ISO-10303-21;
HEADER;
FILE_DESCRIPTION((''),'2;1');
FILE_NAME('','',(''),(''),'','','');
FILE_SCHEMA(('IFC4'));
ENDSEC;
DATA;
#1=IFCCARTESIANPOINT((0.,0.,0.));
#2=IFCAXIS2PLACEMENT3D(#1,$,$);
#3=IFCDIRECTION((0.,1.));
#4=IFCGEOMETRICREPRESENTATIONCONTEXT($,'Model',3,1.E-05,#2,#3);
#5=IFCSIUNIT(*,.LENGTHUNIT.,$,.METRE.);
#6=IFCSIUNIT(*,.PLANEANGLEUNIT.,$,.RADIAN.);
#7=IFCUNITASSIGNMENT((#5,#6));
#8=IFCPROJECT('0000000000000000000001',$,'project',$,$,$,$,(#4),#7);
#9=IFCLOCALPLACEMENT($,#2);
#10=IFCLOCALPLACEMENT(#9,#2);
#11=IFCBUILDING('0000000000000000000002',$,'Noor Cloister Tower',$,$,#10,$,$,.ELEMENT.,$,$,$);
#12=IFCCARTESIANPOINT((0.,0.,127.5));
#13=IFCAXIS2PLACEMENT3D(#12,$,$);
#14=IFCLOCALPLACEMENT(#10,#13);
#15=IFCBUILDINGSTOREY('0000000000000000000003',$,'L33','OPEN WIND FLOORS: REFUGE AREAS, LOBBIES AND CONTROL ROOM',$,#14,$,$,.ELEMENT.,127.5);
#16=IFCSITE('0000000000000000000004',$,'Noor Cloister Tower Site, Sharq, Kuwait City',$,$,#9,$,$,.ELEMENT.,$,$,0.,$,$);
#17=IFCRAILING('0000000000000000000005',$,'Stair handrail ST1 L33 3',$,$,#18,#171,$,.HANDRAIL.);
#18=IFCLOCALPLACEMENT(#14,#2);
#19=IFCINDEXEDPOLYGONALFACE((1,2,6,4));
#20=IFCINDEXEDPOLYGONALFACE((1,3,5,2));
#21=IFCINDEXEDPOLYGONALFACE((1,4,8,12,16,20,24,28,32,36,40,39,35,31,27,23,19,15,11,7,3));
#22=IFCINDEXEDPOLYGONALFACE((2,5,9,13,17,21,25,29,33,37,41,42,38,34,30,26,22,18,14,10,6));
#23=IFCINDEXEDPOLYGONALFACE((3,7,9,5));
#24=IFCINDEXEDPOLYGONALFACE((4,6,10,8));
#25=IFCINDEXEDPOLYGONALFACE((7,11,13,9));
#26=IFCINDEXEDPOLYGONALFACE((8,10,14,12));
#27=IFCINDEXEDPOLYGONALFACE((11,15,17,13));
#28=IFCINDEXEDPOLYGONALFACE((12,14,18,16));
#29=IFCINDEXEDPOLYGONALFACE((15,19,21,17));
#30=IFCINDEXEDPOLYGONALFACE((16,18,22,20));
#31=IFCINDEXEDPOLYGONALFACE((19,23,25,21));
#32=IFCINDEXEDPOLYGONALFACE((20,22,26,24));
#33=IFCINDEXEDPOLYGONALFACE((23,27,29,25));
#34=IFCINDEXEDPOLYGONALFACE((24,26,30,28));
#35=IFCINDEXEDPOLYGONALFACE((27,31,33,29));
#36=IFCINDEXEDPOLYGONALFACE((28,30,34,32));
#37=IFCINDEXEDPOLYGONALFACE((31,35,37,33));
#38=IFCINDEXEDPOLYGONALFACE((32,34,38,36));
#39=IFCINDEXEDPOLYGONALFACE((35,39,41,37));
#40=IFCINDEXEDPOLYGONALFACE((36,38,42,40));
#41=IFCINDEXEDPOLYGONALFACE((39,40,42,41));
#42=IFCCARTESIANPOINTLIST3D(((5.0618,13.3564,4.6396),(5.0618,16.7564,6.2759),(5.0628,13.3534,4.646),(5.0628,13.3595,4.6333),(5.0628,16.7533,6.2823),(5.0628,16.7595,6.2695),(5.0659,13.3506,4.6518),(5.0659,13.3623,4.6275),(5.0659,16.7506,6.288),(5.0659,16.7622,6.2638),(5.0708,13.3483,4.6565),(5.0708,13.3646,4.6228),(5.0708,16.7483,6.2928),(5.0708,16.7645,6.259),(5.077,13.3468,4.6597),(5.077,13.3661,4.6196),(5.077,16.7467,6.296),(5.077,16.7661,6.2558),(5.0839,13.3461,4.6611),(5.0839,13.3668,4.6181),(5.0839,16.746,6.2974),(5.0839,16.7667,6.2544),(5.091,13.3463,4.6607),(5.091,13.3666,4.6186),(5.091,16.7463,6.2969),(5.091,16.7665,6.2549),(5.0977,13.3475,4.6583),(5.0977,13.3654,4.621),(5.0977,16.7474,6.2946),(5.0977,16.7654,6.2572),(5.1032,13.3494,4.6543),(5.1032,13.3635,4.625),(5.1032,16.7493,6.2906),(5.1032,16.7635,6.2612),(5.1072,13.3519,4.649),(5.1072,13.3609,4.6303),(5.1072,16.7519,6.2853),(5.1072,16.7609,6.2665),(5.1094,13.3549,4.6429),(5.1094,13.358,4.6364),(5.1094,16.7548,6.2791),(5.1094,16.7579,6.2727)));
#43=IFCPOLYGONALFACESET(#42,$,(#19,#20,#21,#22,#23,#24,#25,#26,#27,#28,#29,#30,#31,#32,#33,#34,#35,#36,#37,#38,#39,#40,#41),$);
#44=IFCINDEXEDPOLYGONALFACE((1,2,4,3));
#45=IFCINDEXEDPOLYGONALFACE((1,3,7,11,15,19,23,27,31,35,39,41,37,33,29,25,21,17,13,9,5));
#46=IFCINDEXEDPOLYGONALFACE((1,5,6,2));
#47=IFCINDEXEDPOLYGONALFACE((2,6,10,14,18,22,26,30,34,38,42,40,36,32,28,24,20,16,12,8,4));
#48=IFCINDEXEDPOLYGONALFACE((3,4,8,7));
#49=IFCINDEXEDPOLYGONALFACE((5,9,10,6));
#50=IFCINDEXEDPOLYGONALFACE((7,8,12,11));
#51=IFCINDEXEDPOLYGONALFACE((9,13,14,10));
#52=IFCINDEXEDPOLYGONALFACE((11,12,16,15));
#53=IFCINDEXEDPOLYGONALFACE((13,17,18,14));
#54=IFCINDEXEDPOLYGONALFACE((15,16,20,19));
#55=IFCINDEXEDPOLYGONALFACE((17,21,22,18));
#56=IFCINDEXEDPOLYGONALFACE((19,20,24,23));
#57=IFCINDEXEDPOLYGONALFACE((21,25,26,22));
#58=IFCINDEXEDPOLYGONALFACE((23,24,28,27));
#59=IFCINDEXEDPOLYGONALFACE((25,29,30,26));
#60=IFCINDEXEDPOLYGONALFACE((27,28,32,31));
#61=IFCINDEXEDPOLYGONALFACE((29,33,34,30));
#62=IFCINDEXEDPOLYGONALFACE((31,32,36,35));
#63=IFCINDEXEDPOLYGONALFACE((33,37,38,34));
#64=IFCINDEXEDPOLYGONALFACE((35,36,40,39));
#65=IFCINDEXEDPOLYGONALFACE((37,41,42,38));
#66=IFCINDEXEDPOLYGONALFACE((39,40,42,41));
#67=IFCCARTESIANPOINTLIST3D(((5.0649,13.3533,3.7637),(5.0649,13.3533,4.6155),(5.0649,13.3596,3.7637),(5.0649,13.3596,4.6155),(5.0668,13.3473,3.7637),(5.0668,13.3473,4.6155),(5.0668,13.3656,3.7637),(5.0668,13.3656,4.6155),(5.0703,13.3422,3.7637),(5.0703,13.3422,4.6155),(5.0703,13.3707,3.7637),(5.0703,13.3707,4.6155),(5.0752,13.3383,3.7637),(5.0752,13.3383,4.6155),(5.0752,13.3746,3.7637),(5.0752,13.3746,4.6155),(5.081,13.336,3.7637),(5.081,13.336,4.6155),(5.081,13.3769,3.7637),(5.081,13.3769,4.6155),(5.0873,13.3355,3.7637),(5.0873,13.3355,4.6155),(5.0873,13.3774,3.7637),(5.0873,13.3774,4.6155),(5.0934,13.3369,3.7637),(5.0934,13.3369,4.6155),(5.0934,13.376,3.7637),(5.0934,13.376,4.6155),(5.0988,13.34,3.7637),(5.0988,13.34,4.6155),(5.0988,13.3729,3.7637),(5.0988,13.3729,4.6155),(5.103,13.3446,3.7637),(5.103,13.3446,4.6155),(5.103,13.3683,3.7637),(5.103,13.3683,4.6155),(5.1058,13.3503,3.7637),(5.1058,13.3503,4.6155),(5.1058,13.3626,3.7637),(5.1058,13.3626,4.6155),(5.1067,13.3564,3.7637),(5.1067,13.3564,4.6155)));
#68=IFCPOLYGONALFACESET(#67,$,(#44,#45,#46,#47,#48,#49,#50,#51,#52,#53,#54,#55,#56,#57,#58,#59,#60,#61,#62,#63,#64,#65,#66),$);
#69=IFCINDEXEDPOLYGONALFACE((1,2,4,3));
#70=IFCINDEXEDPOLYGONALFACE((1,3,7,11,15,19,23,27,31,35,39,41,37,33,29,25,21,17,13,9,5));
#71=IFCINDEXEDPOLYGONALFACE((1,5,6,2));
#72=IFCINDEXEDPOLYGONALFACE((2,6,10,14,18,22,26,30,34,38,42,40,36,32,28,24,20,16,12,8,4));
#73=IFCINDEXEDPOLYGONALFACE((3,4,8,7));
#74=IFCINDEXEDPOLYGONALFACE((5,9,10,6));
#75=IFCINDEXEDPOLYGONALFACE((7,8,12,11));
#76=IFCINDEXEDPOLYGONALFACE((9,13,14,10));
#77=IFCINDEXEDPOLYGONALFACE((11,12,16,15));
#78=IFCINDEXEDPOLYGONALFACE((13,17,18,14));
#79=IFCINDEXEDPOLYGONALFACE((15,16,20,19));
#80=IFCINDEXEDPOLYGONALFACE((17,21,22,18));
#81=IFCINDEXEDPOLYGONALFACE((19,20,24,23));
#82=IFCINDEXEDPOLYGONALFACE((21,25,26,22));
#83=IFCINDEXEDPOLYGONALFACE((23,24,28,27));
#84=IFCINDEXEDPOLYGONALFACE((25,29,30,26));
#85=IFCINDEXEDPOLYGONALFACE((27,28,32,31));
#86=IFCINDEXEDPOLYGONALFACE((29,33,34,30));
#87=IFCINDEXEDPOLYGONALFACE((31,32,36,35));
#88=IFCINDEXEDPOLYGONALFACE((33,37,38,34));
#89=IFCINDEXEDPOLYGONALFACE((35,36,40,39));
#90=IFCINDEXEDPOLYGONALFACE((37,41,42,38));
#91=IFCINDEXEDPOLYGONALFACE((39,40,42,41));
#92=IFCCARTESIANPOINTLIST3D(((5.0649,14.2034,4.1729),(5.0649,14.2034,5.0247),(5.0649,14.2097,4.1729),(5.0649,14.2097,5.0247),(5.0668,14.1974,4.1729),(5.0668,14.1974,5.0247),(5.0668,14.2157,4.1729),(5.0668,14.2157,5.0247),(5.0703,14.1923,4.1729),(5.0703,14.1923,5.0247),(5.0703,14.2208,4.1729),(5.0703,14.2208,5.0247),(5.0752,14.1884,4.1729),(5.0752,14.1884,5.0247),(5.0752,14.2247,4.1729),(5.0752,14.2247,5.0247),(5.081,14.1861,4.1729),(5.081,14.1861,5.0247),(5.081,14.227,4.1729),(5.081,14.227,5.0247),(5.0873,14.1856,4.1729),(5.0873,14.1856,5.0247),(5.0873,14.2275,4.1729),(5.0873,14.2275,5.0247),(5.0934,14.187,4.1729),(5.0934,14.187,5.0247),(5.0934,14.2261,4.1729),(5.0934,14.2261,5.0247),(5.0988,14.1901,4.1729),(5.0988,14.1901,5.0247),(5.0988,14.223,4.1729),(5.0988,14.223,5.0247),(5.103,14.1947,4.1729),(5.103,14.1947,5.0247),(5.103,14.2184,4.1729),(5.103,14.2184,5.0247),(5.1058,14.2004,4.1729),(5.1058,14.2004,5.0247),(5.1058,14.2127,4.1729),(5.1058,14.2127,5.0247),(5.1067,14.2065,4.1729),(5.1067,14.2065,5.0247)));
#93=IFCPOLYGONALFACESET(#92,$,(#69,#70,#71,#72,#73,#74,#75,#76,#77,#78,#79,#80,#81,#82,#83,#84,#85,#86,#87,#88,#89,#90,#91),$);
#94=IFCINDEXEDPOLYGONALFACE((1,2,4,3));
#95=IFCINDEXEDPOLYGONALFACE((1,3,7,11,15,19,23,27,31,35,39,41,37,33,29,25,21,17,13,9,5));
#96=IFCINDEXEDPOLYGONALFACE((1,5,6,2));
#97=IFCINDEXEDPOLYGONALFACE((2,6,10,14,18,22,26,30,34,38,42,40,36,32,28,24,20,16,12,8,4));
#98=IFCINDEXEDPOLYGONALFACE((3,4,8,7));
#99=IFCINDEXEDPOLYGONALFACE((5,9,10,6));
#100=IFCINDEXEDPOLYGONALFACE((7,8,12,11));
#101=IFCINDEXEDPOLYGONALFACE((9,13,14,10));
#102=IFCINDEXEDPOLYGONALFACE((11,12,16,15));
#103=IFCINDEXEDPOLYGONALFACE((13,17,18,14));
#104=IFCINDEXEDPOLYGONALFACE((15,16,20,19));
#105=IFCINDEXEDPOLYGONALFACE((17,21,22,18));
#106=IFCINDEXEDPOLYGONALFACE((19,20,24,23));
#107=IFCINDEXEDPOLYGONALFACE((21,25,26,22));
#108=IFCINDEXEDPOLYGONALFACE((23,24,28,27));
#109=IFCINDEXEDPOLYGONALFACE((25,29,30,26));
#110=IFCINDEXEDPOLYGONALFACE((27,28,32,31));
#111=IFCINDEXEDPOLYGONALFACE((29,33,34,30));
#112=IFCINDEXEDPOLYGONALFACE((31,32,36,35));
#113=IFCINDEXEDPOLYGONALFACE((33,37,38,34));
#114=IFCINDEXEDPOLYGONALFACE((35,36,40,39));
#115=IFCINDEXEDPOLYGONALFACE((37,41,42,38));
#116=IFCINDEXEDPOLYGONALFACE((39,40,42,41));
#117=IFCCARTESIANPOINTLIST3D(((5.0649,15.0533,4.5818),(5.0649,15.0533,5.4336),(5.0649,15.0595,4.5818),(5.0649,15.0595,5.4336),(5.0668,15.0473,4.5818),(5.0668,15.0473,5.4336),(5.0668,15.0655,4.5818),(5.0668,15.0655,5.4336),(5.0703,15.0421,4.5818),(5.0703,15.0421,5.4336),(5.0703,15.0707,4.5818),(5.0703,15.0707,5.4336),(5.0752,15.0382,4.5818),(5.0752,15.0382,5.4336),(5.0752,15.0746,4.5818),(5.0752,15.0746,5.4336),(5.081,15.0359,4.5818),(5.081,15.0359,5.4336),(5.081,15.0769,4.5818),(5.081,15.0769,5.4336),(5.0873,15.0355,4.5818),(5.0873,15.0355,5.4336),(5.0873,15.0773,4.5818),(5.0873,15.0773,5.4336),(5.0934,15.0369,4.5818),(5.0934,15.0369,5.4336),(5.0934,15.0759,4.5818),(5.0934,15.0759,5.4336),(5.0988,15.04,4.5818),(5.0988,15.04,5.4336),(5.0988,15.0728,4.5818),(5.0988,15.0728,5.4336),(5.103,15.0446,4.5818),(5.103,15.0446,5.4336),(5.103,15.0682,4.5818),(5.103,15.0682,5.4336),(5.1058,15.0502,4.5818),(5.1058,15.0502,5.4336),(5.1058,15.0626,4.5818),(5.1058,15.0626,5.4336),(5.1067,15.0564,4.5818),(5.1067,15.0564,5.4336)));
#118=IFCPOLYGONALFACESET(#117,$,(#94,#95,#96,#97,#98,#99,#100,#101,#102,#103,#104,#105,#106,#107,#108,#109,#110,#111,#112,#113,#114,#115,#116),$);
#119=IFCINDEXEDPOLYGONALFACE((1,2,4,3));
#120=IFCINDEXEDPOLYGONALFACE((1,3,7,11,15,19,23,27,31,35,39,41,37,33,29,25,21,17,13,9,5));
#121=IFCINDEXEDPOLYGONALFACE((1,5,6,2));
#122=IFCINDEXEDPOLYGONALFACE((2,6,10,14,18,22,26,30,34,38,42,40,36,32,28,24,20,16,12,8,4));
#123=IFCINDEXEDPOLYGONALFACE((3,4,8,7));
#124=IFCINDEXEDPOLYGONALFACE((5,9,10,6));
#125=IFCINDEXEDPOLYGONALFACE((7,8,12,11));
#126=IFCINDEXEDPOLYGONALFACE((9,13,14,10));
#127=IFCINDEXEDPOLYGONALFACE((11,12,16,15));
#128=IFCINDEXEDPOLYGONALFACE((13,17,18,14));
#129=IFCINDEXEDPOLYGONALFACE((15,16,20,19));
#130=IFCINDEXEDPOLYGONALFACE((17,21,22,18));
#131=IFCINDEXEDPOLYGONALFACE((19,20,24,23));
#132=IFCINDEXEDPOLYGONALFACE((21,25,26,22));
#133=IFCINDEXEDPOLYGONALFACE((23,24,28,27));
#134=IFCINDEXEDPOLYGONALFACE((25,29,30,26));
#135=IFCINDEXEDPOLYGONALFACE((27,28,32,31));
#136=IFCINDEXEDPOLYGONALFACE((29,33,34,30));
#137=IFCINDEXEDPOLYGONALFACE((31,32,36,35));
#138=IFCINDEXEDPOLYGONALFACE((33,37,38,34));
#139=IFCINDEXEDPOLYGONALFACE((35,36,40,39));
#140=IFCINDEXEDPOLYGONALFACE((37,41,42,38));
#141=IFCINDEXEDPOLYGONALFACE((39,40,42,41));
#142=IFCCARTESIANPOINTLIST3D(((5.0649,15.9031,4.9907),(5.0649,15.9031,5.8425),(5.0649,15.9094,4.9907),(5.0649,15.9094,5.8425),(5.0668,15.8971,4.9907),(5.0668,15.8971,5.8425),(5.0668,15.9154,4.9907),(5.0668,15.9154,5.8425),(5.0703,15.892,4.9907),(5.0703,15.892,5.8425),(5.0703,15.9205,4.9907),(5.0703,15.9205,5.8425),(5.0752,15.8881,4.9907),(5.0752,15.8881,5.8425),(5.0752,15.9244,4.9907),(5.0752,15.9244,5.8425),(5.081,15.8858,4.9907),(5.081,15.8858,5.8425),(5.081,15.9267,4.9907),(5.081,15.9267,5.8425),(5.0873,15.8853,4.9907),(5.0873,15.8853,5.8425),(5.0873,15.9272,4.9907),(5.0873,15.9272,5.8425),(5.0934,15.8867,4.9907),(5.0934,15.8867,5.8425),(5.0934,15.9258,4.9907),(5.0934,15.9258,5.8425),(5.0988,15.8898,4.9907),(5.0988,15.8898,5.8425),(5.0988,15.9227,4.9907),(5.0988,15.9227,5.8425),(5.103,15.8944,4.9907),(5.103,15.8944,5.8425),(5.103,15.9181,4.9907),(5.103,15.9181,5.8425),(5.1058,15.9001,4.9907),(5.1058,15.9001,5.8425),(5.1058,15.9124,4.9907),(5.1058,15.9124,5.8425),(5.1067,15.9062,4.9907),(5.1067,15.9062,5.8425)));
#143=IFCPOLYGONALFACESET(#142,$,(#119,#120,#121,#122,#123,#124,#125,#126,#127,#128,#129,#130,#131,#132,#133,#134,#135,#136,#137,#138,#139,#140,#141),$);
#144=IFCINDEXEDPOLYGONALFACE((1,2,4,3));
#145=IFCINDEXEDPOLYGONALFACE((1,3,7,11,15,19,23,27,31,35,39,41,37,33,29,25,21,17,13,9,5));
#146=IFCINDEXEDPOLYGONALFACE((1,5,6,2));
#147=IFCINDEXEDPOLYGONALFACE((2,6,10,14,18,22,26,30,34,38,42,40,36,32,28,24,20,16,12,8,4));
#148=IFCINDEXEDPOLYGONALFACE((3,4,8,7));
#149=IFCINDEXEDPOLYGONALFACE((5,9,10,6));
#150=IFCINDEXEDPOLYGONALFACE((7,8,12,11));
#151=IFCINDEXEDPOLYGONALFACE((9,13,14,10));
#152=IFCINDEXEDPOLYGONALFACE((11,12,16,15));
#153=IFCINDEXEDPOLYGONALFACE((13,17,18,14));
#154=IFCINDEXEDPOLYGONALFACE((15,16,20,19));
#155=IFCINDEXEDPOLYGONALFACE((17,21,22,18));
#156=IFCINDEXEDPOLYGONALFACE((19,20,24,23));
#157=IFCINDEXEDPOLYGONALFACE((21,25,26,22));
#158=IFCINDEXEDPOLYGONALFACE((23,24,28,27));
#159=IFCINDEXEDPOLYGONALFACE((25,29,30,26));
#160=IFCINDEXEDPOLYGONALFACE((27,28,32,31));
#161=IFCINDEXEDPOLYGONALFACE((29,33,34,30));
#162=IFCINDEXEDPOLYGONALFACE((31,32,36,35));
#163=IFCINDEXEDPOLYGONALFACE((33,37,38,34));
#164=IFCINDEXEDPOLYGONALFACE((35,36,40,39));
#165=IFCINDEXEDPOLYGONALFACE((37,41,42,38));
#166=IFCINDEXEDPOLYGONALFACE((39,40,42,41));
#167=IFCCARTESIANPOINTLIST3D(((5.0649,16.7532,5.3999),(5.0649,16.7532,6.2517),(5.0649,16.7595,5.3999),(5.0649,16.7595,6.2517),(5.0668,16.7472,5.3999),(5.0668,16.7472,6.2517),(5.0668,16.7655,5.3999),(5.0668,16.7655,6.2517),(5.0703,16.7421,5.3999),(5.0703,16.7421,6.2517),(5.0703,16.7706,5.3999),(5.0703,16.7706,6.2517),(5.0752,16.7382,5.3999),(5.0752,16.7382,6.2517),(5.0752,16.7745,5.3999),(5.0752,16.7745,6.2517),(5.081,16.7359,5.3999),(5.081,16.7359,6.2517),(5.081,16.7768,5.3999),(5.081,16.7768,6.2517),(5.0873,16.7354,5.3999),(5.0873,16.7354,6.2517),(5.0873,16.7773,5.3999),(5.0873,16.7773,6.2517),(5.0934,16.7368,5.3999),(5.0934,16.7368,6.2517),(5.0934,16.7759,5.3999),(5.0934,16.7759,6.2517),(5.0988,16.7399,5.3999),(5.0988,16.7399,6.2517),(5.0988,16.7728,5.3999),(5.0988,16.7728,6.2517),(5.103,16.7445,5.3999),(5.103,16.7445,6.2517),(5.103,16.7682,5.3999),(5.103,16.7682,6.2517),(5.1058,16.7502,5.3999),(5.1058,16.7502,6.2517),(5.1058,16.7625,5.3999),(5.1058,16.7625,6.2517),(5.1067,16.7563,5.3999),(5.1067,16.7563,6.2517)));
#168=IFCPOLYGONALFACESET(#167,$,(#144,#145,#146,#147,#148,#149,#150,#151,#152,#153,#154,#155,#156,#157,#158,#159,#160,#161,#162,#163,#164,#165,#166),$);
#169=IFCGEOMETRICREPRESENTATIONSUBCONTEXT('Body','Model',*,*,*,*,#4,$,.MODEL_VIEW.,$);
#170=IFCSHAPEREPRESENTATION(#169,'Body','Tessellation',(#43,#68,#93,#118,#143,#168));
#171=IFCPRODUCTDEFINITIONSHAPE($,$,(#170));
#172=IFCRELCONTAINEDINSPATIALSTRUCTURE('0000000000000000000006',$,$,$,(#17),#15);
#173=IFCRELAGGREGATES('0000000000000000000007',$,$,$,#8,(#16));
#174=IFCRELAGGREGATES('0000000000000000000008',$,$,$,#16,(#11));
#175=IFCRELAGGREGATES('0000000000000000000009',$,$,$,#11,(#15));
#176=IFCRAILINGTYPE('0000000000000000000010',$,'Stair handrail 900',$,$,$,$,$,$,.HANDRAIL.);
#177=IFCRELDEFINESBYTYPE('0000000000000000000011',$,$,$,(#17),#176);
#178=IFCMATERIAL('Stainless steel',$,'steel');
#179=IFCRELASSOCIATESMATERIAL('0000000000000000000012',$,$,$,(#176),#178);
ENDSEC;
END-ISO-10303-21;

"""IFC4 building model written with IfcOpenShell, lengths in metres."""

from ifc_helpers import new_model, si_unit, direction, frame, origin, origin_2d, place, context, subcontext, project, spatial, circle, extrude, material, type_object, element, save


model = new_model("IFC4")

# Units and contexts
model_context = context("Model", 3, precision=1e-05, world=origin(), true_north=direction((0.0, 1.0)))
body_context = subcontext(model_context, "Body", "Model", "MODEL_VIEW")
ifc_project = project(units=[si_unit("LENGTHUNIT", "METRE"), si_unit("PLANEANGLEUNIT", "RADIAN")], contexts=[model_context])

# Site, building, storey
site_placement = place(None, origin())
site = spatial("IfcSite", under=ifc_project, at=site_placement, Name="Noor Cloister Tower Site, Sharq, Kuwait City", CompositionType="ELEMENT", RefElevation=0.0)
building_placement = place(site_placement, origin())
building = spatial("IfcBuilding", under=site, at=building_placement, Name="Noor Cloister Tower", CompositionType="ELEMENT")
storey_placement = place(building_placement, frame((0.0, 0.0, 127.5)))
storey = spatial("IfcBuildingStorey", under=building, at=storey_placement, Name="L33", Description="OPEN WIND FLOORS: REFUGE AREAS, LOBBIES AND CONTROL ROOM", CompositionType="ELEMENT", Elevation=127.5)

# Railing
ifc_material_1 = material(Name="Stainless steel", Category="steel")
railing_type_1 = type_object("IfcRailingType", Name="Stair handrail 900", PredefinedType="HANDRAIL", material=ifc_material_1)
railing_1_placement = place(storey_placement, frame((5.0857, 13.3564, 3.7637)))
element("IfcRailing", 1, at=railing_1_placement, inside=storey, type_object=railing_type_1, Name="Stair handrail ST1 L33 3", PredefinedType="HANDRAIL", context=body_context, shape_type="SweptSolid", body=[
    extrude(circle(Radius=0.0239, at=origin_2d()), frame((0.0, 0.0, 0.876), z_axis=(0.0, 0.90108, 0.433652), x_axis=(-1.0, 0.0, 0.0)), (0.0, 0.0, 1.0), 3.7732),
    extrude(circle(Radius=0.021, at=origin_2d()), origin(), (0.0, 0.0, 1.0), 0.8518),
    extrude(circle(Radius=0.021, at=origin_2d()), frame((0.0, 0.8501, 0.4092)), (0.0, 0.0, 1.0), 0.8518),
    extrude(circle(Radius=0.021, at=origin_2d()), frame((0.0, 1.7, 0.8181)), (0.0, 0.0, 1.0), 0.8518),
    extrude(circle(Radius=0.021, at=origin_2d()), frame((0.0, 2.5498, 1.2271)), (0.0, 0.0, 1.0), 0.8518),
    extrude(circle(Radius=0.021, at=origin_2d()), frame((0.0, 3.3999, 1.6362)), (0.0, 0.0, 1.0), 0.8518),
])

save(model, "model.ifc")
